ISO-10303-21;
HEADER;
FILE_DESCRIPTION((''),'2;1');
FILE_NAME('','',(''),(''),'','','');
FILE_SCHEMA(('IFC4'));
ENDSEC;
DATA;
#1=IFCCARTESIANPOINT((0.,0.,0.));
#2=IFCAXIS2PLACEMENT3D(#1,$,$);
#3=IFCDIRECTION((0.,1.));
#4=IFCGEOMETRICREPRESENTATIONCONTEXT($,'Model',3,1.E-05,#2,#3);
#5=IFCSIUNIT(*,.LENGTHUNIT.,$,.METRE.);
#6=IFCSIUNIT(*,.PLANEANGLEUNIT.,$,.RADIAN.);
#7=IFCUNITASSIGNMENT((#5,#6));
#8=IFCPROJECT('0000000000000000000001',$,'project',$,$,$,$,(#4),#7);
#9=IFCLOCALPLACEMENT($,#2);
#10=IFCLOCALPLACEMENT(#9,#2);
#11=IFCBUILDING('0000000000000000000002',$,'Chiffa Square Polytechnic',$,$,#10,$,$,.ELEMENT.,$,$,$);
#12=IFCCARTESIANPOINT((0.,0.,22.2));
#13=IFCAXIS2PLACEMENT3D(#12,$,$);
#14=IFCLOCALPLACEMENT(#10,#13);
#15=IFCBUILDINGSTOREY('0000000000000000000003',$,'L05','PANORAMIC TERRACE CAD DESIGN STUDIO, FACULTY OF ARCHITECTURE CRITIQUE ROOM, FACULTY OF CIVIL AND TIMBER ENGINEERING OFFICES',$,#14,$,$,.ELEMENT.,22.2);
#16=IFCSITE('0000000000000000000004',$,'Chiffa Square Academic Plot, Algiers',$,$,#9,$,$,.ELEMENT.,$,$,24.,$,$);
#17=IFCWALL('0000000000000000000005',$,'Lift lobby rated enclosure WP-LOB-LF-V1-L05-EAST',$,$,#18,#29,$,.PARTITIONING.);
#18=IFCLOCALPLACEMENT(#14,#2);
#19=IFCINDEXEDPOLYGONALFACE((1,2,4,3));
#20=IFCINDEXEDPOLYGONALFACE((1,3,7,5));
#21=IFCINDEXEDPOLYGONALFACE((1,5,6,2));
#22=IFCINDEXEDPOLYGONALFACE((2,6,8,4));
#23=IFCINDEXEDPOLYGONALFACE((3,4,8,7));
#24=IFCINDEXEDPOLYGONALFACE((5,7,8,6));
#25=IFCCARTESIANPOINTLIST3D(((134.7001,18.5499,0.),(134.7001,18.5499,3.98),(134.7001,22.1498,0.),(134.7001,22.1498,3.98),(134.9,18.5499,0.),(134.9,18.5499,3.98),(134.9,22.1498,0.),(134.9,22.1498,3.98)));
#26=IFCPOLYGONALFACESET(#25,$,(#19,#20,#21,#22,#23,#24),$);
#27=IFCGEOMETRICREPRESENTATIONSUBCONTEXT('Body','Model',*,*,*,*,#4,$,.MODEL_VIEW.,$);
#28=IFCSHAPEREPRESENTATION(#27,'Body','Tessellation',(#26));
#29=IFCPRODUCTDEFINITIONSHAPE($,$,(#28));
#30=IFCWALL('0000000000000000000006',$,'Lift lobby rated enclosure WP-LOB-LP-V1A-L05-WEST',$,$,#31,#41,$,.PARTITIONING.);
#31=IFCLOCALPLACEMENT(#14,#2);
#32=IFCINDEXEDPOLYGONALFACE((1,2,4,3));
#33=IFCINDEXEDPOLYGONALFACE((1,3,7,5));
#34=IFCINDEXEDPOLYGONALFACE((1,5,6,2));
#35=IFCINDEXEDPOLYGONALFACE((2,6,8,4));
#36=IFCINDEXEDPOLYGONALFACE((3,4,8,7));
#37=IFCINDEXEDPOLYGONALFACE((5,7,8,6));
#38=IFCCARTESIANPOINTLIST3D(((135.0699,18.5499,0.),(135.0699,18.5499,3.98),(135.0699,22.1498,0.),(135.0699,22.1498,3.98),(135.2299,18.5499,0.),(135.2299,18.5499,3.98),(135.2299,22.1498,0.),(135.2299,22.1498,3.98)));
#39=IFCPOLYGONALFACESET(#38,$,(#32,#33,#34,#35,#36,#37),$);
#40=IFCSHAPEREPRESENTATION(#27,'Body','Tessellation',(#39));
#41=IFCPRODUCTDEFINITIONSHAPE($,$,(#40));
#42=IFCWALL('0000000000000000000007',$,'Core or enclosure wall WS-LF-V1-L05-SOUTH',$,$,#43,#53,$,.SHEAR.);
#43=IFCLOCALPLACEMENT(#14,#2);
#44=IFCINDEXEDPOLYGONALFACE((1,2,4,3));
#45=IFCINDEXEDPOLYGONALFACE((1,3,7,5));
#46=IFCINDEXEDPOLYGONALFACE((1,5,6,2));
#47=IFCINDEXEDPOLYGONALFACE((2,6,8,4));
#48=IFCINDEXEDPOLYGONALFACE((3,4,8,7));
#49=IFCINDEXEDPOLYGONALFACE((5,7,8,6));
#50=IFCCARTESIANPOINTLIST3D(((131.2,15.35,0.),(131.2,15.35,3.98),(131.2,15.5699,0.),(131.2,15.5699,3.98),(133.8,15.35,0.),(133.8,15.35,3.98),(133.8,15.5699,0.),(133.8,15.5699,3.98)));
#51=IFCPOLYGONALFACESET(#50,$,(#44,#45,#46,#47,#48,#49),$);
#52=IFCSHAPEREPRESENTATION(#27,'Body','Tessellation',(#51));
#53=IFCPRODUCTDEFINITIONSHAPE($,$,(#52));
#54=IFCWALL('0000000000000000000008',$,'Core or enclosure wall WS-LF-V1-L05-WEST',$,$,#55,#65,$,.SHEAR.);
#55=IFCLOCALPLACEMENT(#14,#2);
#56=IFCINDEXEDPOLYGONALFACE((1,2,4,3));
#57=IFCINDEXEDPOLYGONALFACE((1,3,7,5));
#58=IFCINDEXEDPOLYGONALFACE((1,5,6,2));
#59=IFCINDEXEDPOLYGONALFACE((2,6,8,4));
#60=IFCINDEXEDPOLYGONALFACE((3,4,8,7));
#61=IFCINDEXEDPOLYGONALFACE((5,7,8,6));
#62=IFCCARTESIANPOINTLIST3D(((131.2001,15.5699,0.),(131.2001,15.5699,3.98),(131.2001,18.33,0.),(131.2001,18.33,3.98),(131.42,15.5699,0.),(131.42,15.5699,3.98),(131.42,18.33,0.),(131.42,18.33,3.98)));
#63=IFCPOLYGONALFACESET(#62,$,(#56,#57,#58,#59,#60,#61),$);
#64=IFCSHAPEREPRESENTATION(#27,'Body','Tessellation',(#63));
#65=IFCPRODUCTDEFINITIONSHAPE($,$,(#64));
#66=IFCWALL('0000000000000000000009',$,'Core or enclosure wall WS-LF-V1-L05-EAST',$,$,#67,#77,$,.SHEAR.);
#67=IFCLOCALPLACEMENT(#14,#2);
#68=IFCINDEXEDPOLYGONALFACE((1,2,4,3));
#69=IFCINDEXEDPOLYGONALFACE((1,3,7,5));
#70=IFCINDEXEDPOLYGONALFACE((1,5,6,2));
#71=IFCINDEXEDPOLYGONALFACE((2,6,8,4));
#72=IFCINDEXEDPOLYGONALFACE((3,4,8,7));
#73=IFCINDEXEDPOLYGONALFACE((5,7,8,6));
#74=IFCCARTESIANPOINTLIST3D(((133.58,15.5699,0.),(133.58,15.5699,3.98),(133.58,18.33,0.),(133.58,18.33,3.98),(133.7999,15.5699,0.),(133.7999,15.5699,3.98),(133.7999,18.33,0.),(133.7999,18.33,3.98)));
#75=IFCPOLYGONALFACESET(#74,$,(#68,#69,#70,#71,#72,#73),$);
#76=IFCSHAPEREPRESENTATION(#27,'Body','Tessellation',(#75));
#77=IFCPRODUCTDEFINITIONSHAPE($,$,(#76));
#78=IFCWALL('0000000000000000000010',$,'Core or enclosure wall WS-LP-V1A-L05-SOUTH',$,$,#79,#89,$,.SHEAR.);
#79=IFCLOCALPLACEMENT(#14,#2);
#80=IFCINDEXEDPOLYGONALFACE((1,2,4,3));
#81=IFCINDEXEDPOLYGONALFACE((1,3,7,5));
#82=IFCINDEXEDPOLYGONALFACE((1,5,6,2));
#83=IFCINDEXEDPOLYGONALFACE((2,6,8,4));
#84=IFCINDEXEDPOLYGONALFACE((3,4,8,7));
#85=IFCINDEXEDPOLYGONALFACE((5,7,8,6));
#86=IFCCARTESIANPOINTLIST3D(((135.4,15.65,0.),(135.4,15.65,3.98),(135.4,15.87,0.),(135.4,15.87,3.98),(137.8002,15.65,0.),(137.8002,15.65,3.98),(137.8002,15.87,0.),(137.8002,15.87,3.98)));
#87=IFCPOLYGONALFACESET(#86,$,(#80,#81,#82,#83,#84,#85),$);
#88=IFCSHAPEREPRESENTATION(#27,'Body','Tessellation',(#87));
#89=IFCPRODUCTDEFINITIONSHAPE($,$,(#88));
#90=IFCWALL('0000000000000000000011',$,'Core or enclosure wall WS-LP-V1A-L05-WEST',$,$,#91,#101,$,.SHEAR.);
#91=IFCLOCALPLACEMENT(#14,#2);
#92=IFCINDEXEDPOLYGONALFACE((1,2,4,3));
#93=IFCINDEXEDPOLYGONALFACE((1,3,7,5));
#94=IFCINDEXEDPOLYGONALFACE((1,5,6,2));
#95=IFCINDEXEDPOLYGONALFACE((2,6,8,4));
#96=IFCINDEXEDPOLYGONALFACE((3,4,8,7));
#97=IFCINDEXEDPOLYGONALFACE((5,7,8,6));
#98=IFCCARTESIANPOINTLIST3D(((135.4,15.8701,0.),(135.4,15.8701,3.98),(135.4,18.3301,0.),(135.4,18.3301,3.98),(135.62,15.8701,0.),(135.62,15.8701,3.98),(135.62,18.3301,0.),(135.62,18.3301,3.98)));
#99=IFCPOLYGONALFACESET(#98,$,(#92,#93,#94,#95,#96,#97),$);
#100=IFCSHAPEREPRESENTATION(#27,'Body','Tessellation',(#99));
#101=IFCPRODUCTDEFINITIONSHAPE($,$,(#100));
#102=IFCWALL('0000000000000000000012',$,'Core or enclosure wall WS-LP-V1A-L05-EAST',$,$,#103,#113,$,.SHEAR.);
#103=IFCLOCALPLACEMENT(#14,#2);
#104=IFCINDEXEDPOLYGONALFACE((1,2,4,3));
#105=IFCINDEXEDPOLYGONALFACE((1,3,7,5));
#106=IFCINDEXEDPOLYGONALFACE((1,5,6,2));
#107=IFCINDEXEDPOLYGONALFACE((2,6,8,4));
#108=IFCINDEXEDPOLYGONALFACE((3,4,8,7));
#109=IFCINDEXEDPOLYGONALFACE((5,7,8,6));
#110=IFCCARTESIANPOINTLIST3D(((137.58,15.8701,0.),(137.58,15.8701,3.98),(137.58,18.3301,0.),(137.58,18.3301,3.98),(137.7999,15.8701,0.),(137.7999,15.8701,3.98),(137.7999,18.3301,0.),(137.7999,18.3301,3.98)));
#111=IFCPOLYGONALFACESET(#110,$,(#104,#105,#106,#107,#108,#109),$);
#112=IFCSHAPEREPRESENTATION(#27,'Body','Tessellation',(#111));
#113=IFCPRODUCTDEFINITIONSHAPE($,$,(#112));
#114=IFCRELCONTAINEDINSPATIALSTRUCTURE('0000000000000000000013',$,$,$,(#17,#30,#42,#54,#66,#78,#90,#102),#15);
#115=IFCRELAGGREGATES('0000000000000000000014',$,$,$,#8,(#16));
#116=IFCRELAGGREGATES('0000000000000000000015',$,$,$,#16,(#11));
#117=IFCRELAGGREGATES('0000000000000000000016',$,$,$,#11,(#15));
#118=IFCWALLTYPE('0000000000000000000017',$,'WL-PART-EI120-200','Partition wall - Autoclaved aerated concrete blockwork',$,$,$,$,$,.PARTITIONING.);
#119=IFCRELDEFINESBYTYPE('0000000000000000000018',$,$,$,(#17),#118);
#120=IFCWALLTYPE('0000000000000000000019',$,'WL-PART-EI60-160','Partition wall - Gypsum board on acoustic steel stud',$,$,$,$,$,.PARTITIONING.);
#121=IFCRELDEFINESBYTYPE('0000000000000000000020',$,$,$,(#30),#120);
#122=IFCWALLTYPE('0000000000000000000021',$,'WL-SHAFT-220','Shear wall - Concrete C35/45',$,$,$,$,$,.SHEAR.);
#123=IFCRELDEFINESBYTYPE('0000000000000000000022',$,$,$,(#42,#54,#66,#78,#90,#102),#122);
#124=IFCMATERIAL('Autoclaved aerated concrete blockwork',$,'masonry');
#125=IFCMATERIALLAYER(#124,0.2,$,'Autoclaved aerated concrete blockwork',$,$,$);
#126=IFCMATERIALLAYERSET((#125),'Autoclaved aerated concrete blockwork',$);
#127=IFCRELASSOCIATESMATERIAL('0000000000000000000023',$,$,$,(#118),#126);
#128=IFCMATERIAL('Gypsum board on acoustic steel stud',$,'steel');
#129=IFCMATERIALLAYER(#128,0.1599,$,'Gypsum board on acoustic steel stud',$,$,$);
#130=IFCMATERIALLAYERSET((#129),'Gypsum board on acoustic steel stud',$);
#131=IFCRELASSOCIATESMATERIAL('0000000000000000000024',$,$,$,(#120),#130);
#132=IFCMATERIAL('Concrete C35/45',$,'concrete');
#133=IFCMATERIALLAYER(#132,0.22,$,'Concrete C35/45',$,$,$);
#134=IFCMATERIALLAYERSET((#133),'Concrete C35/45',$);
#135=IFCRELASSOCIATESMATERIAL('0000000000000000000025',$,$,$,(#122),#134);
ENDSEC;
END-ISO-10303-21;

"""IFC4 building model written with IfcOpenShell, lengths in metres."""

from ifc_helpers import new_model, si_unit, direction, frame, frame_2d, origin, place, context, subcontext, project, spatial, rectangle, extrude, material, layer, layer_set, type_object, element, save


model = new_model("IFC4")

# Units and contexts
model_context = context("Model", 3, precision=1e-05, world=origin(), true_north=direction((0.0, 1.0)))
body_context = subcontext(model_context, "Body", "Model", "MODEL_VIEW")
ifc_project = project(units=[si_unit("LENGTHUNIT", "METRE"), si_unit("PLANEANGLEUNIT", "RADIAN")], contexts=[model_context])

# Site, building, storey
site_placement = place(None, origin())
site = spatial("IfcSite", under=ifc_project, at=site_placement, Name="Chiffa Square Academic Plot, Algiers", CompositionType="ELEMENT", RefElevation=24.0)
building_placement = place(site_placement, origin())
building = spatial("IfcBuilding", under=site, at=building_placement, Name="Chiffa Square Polytechnic", CompositionType="ELEMENT")
storey_placement = place(building_placement, frame((0.0, 0.0, 22.2)))
storey = spatial("IfcBuildingStorey", under=building, at=storey_placement, Name="L05", Description="PANORAMIC TERRACE CAD DESIGN STUDIO, FACULTY OF ARCHITECTURE CRITIQUE ROOM, FACULTY OF CIVIL AND TIMBER ENGINEERING OFFICES", CompositionType="ELEMENT", Elevation=22.2)

# Shared definitions
ifc_material_1 = material(Name="Concrete C35/45", Category="concrete")

# Shared definitions
ifc_material_2 = material(Name="Autoclaved aerated concrete blockwork", Category="masonry")
ifc_layer_1 = layer(ifc_material_2, 0.2, Name="Autoclaved aerated concrete blockwork")
ifc_layer_set_1 = layer_set([ifc_layer_1], Name="Autoclaved aerated concrete blockwork")
wall_type_1 = type_object("IfcWallType", Name="WL-PART-EI120-200", Description="Partition wall - Autoclaved aerated concrete blockwork", PredefinedType="PARTITIONING", material=ifc_layer_set_1)

# Wall
for number, where, z_axis, x_axis, name in (
    (1, (134.8, 18.55, 0.0), (0.0, 0.0, 1.0), (0.0, 1.0, 0.0), "Lift lobby rated enclosure WP-LOB-LF-V1-L05-EAST"),
):
    element("IfcWall", number, at=place(storey_placement, frame(where, z_axis=z_axis, x_axis=x_axis)), inside=storey, type_object=wall_type_1, Name=name, PredefinedType="PARTITIONING", context=body_context, shape_type="SweptSolid", body=[
        extrude(rectangle(XDim=3.5999, YDim=0.2, at=frame_2d((1.7998, 0.0))), origin(), (0.0, 0.0, 1.0), 3.98),
    ])

# Shared definitions
ifc_material_3 = material(Name="Gypsum board on acoustic steel stud", Category="steel")
ifc_layer_2 = layer(ifc_material_3, 0.1599, Name="Gypsum board on acoustic steel stud")
ifc_layer_set_2 = layer_set([ifc_layer_2], Name="Gypsum board on acoustic steel stud")
wall_type_2 = type_object("IfcWallType", Name="WL-PART-EI60-160", Description="Partition wall - Gypsum board on acoustic steel stud", PredefinedType="PARTITIONING", material=ifc_layer_set_2)

# Walls
wall_1_placement = place(storey_placement, frame((135.1499, 18.55, 0.0), z_axis=(0.0, 0.0, 1.0), x_axis=(0.0, 1.0, 0.0)))
element("IfcWall", 2, at=wall_1_placement, inside=storey, type_object=wall_type_2, Name="Lift lobby rated enclosure WP-LOB-LP-V1A-L05-WEST", PredefinedType="PARTITIONING", context=body_context, shape_type="SweptSolid", body=[
    extrude(rectangle(XDim=3.5999, YDim=0.1599, at=frame_2d((1.7998, 0.0))), origin(), (0.0, 0.0, 1.0), 3.98),
])
ifc_layer_3 = layer(ifc_material_1, 0.22, Name="Concrete C35/45")
ifc_layer_set_3 = layer_set([ifc_layer_3], Name="Concrete C35/45")
wall_type_3 = type_object("IfcWallType", Name="WL-SHAFT-220", Description="Shear wall - Concrete C35/45", PredefinedType="SHEAR", material=ifc_layer_set_3)
wall_2_placement = place(storey_placement, frame((131.2, 15.46, 0.0), z_axis=(0.0, 0.0, 1.0), x_axis=(1.0, 0.0, 0.0)))
element("IfcWall", 3, at=wall_2_placement, inside=storey, type_object=wall_type_3, Name="Core or enclosure wall WS-LF-V1-L05-SOUTH", PredefinedType="SHEAR", context=body_context, shape_type="SweptSolid", body=[
    extrude(rectangle(XDim=2.6001, YDim=0.22, at=frame_2d((1.3, 0.0))), origin(), (0.0, 0.0, 1.0), 3.98),
])

# Walls
for number, where, z_axis, x_axis, name in (
    (4, (131.3101, 15.5701, 0.0), (0.0, 0.0, 1.0), (0.0, 1.0, 0.0), "Core or enclosure wall WS-LF-V1-L05-WEST"),
    (5, (133.6899, 15.5701, 0.0), (0.0, 0.0, 1.0), (0.0, 1.0, 0.0), "Core or enclosure wall WS-LF-V1-L05-EAST"),
):
    element("IfcWall", number, at=place(storey_placement, frame(where, z_axis=z_axis, x_axis=x_axis)), inside=storey, type_object=wall_type_3, Name=name, PredefinedType="SHEAR", context=body_context, shape_type="SweptSolid", body=[
        extrude(rectangle(XDim=2.76, YDim=0.22, at=frame_2d((1.3799, 0.0))), origin(), (0.0, 0.0, 1.0), 3.98),
    ])
wall_3_placement = place(storey_placement, frame((135.3999, 15.76, 0.0), z_axis=(0.0, 0.0, 1.0), x_axis=(1.0, 0.0, 0.0)))
element("IfcWall", 6, at=wall_3_placement, inside=storey, type_object=wall_type_3, Name="Core or enclosure wall WS-LP-V1A-L05-SOUTH", PredefinedType="SHEAR", context=body_context, shape_type="SweptSolid", body=[
    extrude(rectangle(XDim=2.4001, YDim=0.22, at=frame_2d((1.2002, 0.0))), origin(), (0.0, 0.0, 1.0), 3.98),
])

# Walls
for number, where, z_axis, x_axis, name in (
    (7, (135.51, 15.8701, 0.0), (0.0, 0.0, 1.0), (0.0, 1.0, 0.0), "Core or enclosure wall WS-LP-V1A-L05-WEST"),
    (8, (137.6899, 15.8701, 0.0), (0.0, 0.0, 1.0), (0.0, 1.0, 0.0), "Core or enclosure wall WS-LP-V1A-L05-EAST"),
):
    element("IfcWall", number, at=place(storey_placement, frame(where, z_axis=z_axis, x_axis=x_axis)), inside=storey, type_object=wall_type_3, Name=name, PredefinedType="SHEAR", context=body_context, shape_type="SweptSolid", body=[
        extrude(rectangle(XDim=2.46, YDim=0.22, at=frame_2d((1.23, 0.0))), origin(), (0.0, 0.0, 1.0), 3.98),
    ])

save(model, "model.ifc")
